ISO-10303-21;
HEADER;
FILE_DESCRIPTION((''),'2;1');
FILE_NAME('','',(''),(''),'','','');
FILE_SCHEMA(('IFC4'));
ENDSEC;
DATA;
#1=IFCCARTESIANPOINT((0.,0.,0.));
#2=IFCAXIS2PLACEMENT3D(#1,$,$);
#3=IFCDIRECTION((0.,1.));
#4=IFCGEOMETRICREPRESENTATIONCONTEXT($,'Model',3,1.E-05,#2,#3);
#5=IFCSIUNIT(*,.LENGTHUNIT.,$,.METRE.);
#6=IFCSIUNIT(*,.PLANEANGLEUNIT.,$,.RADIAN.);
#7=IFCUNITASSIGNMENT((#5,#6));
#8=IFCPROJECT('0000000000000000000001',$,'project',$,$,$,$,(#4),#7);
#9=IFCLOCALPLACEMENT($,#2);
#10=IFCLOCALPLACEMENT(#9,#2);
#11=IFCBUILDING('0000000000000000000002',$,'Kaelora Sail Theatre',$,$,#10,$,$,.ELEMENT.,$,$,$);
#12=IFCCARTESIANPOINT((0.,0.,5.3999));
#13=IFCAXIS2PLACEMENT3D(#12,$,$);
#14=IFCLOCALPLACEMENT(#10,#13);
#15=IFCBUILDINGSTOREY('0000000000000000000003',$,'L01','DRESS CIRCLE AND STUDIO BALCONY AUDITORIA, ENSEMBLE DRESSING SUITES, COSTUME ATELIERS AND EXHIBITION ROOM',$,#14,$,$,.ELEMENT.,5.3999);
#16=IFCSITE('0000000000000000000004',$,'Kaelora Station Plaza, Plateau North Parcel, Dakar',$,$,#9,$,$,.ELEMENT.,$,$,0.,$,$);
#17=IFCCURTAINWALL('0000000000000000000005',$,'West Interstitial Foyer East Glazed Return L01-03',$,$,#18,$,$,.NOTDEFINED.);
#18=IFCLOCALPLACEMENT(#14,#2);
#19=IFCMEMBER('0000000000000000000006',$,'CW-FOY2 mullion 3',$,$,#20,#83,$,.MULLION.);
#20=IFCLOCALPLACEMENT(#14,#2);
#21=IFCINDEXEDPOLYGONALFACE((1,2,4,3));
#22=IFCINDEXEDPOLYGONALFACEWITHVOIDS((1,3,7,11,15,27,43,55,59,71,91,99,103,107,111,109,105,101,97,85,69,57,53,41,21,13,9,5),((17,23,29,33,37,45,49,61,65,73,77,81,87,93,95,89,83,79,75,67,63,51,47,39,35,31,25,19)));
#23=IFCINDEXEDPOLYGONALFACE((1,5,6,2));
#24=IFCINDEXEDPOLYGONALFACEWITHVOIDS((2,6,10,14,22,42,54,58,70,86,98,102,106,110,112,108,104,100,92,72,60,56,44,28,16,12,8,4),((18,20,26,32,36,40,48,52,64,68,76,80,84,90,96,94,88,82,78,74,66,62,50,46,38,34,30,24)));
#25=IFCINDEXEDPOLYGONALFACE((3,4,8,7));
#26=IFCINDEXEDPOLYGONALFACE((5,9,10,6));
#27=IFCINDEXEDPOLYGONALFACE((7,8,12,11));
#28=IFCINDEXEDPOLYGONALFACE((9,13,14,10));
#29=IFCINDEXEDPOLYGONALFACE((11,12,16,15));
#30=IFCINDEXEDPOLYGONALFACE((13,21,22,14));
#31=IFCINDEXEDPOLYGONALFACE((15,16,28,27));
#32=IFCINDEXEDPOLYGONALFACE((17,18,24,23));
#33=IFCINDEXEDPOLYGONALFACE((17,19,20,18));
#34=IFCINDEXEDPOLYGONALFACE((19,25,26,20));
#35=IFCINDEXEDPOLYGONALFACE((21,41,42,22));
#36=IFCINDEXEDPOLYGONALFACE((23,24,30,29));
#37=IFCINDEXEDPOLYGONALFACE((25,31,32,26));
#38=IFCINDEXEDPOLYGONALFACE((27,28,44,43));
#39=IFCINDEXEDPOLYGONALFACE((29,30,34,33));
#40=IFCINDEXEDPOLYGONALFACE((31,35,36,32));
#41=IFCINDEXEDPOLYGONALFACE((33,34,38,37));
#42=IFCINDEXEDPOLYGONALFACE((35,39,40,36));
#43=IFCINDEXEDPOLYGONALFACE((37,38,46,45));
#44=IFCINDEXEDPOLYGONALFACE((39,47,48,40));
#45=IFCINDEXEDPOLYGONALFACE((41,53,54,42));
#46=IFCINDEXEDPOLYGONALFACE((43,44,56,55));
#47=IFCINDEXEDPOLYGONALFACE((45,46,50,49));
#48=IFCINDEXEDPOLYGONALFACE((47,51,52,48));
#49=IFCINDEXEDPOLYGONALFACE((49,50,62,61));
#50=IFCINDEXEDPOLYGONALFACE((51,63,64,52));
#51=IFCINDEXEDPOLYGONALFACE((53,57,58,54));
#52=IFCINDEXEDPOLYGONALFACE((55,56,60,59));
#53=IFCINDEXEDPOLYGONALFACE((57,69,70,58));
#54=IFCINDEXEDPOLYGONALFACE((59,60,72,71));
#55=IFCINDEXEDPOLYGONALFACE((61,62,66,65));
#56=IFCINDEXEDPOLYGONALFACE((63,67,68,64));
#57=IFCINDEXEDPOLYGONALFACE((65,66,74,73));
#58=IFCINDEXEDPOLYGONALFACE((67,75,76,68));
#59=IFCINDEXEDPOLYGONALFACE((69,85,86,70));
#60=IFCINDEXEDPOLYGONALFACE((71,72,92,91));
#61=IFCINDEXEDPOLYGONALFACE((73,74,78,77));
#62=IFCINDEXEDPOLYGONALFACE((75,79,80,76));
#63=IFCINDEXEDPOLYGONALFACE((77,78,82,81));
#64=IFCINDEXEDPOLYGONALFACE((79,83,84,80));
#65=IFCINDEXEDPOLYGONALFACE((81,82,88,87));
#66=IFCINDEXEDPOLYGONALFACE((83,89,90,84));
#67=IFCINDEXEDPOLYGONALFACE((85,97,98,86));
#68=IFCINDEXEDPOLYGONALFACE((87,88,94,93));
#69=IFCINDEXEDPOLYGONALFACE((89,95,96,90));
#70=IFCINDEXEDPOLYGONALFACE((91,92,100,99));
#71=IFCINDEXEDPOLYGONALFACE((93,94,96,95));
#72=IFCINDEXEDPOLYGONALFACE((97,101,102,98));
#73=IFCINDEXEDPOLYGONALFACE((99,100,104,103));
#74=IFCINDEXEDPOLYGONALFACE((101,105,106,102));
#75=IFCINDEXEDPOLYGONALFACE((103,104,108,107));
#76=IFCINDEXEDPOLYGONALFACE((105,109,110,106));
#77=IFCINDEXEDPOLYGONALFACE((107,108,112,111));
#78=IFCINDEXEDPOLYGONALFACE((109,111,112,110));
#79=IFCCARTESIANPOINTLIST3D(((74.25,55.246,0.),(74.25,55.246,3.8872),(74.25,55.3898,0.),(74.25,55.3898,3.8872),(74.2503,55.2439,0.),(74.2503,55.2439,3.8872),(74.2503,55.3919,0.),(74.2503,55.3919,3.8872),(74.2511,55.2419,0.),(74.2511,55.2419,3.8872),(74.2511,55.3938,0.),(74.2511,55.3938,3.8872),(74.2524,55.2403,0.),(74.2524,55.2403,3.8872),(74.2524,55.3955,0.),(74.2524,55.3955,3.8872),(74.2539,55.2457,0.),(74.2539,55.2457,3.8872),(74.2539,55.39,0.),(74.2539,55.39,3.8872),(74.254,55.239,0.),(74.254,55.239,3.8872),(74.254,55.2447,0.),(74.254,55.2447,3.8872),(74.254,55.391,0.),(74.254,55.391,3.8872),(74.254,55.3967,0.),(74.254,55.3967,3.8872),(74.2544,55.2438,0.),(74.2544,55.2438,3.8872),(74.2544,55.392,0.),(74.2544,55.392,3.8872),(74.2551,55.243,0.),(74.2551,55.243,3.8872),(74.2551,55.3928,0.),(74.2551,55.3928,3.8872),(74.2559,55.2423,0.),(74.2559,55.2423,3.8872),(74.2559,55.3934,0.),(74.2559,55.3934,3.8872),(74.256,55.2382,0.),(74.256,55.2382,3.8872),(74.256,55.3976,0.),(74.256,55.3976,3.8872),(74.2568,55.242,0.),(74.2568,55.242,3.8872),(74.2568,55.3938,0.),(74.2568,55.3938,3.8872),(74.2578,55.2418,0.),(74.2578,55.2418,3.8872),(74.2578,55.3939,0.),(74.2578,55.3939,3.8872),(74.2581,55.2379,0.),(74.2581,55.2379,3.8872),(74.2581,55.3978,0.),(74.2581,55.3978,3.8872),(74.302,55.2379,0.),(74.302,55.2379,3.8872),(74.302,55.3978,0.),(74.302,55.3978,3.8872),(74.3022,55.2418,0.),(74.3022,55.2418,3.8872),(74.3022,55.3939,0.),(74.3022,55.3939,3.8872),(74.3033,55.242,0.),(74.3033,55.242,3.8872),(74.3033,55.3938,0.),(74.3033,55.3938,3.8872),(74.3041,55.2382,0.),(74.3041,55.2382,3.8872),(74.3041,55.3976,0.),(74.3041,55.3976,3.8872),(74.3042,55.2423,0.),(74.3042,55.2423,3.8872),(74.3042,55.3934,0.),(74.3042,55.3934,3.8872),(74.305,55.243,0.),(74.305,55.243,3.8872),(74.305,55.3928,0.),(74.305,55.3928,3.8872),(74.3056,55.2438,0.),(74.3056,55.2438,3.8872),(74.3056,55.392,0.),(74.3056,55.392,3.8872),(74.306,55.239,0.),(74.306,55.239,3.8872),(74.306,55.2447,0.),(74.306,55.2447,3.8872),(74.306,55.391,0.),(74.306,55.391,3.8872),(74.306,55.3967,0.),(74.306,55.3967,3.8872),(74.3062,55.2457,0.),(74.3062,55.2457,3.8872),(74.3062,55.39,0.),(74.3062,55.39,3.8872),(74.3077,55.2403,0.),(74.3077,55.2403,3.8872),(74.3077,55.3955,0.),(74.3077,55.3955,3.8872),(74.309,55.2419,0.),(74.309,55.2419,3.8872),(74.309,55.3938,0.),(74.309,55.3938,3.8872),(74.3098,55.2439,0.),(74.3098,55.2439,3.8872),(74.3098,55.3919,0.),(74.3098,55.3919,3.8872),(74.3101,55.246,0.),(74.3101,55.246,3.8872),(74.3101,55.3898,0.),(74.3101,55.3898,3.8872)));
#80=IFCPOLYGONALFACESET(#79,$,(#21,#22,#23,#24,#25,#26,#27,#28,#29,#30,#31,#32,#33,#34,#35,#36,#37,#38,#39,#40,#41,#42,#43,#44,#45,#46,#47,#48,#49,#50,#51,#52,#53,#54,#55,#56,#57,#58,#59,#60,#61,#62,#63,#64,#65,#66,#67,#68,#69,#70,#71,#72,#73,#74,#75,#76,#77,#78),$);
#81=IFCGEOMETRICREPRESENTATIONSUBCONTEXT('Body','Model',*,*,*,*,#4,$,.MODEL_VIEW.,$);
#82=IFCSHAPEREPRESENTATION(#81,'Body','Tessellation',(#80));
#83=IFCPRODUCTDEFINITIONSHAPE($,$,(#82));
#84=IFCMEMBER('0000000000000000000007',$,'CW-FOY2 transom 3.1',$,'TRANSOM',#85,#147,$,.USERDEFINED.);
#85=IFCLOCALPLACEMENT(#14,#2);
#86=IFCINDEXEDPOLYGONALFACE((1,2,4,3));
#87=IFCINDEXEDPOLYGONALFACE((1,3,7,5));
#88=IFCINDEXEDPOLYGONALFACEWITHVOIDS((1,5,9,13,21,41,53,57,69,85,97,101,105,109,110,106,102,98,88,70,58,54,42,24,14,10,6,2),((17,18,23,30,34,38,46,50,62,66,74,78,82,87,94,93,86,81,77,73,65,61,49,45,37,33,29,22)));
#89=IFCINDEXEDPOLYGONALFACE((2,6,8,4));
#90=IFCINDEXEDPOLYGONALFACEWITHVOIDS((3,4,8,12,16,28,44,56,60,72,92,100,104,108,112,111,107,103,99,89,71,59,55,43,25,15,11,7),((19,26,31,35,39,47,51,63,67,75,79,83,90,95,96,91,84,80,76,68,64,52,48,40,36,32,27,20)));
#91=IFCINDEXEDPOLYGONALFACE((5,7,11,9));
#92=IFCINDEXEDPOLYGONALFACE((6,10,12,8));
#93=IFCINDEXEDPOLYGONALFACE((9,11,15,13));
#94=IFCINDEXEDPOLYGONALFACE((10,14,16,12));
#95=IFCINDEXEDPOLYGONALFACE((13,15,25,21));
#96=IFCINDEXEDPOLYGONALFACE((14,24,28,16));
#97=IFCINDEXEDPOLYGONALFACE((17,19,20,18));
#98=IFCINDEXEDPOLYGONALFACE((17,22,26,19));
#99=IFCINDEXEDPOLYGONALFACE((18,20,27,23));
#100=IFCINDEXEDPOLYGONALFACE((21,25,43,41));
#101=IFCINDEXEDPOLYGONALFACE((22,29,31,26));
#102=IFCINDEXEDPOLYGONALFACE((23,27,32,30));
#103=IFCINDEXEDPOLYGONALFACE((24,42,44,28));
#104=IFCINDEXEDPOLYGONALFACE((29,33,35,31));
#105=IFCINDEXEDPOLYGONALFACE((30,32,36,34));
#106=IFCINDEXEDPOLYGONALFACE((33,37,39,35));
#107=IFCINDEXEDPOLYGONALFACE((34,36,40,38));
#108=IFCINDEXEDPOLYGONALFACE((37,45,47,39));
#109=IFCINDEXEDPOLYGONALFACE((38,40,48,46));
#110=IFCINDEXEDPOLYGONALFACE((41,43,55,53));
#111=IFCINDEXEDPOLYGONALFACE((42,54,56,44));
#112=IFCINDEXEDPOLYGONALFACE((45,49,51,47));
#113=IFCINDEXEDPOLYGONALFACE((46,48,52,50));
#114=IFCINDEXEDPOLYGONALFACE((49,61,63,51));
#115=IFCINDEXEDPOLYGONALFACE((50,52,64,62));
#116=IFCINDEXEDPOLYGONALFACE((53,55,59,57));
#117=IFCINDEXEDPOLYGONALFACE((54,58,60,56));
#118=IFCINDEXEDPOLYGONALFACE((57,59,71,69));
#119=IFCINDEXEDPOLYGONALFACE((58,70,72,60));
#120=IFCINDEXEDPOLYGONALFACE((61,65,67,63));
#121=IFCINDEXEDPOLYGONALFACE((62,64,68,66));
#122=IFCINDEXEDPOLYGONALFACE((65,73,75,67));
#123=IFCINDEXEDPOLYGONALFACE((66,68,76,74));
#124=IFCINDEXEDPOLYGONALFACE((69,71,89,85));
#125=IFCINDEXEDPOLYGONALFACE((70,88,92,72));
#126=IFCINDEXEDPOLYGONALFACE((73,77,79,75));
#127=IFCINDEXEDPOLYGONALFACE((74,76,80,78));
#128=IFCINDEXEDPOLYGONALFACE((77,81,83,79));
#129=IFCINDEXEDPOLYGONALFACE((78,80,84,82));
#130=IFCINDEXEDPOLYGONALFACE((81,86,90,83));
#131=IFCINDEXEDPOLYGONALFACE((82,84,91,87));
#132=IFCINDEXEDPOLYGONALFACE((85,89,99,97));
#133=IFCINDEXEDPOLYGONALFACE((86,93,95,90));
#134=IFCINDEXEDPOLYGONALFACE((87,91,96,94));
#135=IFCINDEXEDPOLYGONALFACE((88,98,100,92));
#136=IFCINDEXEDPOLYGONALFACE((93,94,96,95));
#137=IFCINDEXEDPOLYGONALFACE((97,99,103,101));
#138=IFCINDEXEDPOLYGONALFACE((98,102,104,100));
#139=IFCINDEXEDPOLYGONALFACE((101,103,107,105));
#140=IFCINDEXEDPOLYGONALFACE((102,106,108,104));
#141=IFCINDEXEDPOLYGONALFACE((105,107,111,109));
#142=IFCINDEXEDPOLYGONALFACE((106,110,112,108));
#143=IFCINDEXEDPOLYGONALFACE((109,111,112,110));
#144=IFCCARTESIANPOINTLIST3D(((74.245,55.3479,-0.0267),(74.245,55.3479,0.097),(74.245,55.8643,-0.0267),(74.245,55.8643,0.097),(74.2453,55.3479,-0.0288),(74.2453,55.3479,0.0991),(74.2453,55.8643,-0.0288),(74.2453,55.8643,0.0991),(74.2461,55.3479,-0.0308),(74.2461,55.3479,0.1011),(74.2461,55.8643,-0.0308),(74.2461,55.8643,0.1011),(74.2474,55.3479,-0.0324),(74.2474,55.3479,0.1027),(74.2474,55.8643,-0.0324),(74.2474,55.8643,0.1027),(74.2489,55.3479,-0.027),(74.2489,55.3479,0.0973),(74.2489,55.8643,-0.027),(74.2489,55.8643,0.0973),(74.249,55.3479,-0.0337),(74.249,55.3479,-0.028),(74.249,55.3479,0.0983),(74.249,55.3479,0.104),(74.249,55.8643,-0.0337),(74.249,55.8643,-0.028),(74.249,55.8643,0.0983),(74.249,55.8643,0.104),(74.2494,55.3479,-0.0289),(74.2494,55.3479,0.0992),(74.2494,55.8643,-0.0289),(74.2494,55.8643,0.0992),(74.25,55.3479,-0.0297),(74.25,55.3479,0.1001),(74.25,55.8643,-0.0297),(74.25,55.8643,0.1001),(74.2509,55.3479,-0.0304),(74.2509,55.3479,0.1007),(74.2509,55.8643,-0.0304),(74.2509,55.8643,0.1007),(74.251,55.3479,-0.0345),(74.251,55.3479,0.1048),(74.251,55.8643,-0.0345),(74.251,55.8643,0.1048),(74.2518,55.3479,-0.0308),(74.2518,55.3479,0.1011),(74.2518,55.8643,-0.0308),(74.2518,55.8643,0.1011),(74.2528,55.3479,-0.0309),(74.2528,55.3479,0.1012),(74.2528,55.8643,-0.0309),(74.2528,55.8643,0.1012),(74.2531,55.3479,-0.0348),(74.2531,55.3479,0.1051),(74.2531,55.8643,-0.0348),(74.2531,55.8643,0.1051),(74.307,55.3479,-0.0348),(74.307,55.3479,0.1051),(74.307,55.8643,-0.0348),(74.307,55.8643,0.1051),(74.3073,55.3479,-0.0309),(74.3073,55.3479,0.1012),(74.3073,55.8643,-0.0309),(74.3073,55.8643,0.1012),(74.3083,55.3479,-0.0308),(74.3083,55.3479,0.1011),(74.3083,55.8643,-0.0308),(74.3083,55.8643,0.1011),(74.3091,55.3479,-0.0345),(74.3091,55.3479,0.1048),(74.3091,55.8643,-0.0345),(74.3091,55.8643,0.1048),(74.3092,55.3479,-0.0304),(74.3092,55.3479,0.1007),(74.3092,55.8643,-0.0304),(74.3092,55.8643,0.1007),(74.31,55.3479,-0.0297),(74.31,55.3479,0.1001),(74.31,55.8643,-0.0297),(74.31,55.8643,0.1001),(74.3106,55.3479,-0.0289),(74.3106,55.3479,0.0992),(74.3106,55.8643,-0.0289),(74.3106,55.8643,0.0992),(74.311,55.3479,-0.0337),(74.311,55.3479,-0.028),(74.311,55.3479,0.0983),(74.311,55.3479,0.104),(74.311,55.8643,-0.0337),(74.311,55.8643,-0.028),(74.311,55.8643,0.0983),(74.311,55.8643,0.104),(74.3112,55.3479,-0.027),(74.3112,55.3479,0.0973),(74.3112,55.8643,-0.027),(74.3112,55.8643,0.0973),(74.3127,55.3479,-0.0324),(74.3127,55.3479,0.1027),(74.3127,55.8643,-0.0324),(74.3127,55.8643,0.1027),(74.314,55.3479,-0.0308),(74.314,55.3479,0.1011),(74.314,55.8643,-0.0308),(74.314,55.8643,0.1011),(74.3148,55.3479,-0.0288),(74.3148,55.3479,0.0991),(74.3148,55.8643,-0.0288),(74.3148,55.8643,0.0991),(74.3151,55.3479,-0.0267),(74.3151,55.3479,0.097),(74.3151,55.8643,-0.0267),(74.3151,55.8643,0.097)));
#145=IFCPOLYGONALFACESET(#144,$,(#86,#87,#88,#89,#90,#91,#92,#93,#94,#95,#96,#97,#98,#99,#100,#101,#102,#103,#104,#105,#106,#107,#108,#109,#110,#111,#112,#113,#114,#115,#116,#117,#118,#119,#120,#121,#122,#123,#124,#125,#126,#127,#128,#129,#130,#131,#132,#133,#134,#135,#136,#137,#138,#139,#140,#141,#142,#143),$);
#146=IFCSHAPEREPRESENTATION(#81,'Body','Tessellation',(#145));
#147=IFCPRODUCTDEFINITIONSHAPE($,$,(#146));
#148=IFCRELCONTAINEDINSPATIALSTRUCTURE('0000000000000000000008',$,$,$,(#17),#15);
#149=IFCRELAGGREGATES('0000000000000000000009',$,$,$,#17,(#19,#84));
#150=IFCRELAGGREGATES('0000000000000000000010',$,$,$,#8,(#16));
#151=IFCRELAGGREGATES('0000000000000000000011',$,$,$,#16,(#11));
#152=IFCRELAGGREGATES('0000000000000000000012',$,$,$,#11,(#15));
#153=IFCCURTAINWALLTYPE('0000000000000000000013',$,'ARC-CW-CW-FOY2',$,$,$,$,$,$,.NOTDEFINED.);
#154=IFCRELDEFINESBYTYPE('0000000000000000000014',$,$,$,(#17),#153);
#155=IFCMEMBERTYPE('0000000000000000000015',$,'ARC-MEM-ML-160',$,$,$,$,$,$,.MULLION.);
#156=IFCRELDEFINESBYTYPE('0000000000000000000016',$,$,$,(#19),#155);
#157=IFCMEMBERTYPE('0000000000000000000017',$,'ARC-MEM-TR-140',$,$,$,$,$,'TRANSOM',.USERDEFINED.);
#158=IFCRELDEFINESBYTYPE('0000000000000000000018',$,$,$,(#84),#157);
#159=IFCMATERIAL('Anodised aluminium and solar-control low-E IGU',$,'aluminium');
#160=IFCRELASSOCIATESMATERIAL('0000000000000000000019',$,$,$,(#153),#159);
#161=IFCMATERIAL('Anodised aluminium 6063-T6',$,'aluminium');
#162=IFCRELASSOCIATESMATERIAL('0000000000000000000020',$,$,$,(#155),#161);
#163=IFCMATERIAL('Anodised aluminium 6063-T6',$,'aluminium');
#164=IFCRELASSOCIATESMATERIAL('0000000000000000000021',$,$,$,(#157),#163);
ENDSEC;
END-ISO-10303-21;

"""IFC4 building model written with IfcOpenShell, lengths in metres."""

from ifc_helpers import new_model, si_unit, direction, frame, origin, origin_2d, place, context, subcontext, project, spatial, hollow_rectangle, extrude, material, material_profile, profile_set, type_object, element, aggregate, save


model = new_model("IFC4")

# Units and contexts
model_context = context("Model", 3, precision=1e-05, world=origin(), true_north=direction((0.0, 1.0)))
body_context = subcontext(model_context, "Body", "Model", "MODEL_VIEW")
ifc_project = project(units=[si_unit("LENGTHUNIT", "METRE"), si_unit("PLANEANGLEUNIT", "RADIAN")], contexts=[model_context])

# Site, building, storey
site_placement = place(None, origin())
site = spatial("IfcSite", under=ifc_project, at=site_placement, Name="Kaelora Station Plaza, Plateau North Parcel, Dakar", CompositionType="ELEMENT", RefElevation=0.0)
building_placement = place(site_placement, origin())
building = spatial("IfcBuilding", under=site, at=building_placement, Name="Kaelora Sail Theatre", CompositionType="ELEMENT")
storey_placement = place(building_placement, frame((0.0, 0.0, 5.3999)))
storey = spatial("IfcBuildingStorey", under=building, at=storey_placement, Name="L01", Description="DRESS CIRCLE AND STUDIO BALCONY AUDITORIA, ENSEMBLE DRESSING SUITES, COSTUME ATELIERS AND EXHIBITION ROOM", CompositionType="ELEMENT", Elevation=5.3999)

# Curtain wall, members
ifc_material_1 = material(Name="Anodised aluminium and solar-control low-E IGU", Category="aluminium")
curtain_wall_type = type_object("IfcCurtainWallType", Name="ARC-CW-CW-FOY2", PredefinedType="NOTDEFINED", material=ifc_material_1)
curtain_wall_placement = place(storey_placement, origin())
curtain_wall = element("IfcCurtainWall", 1, at=curtain_wall_placement, inside=storey, type_object=curtain_wall_type, Name="West Interstitial Foyer East Glazed Return L01-03", PredefinedType="NOTDEFINED")
ifc_material_2 = material(Name="Anodised aluminium 6063-T6", Category="aluminium")
ifc_material_profile_1 = material_profile(ifc_material_2, hollow_rectangle(XDim=0.0601, YDim=0.1599, WallThickness=0.0039, InnerFilletRadius=0.0039, OuterFilletRadius=0.0081, at=origin_2d()), Name="ALU-MULL 60x160x4")
ifc_profile_set_1 = profile_set([ifc_material_profile_1], Name="Anodised aluminium 6063-T6")
member_type_1 = type_object("IfcMemberType", Name="ARC-MEM-ML-160", PredefinedType="MULLION", material=ifc_profile_set_1)
member_1_placement = place(storey_placement, frame((74.28, 55.3179, 0.0), z_axis=(0.0, 0.0, 1.0), x_axis=(-1.0, 0.0, 0.0)))
member_1 = element("IfcMember", 2, at=member_1_placement, type_object=member_type_1, Name="CW-FOY2 mullion 3", PredefinedType="MULLION", context=body_context, shape_type="SweptSolid", body=[
    extrude(hollow_rectangle(XDim=0.0601, YDim=0.1599, WallThickness=0.0039, InnerFilletRadius=0.0039, OuterFilletRadius=0.0081, at=origin_2d()), origin(), (0.0, 0.0, 1.0), 3.8872),
])
ifc_material_3 = material(Name="Anodised aluminium 6063-T6", Category="aluminium")
ifc_material_profile_2 = material_profile(ifc_material_3, hollow_rectangle(XDim=0.0701, YDim=0.1399, WallThickness=0.0039, InnerFilletRadius=0.0039, OuterFilletRadius=0.0081, at=origin_2d()), Name="ALU-TRAN 70x140x4")
ifc_profile_set_2 = profile_set([ifc_material_profile_2], Name="Anodised aluminium 6063-T6")
member_type_2 = type_object("IfcMemberType", Name="ARC-MEM-TR-140", ElementType="TRANSOM", PredefinedType="USERDEFINED", material=ifc_profile_set_2)
member_2_placement = place(storey_placement, frame((74.28, 55.3479, 0.0352), z_axis=(0.0, 1.0, 0.0), x_axis=(-1.0, 0.0, 0.0)))
member_2 = element("IfcMember", 3, at=member_2_placement, type_object=member_type_2, Name="CW-FOY2 transom 3.1", ObjectType="TRANSOM", PredefinedType="USERDEFINED", context=body_context, shape_type="SweptSolid", body=[
    extrude(hollow_rectangle(XDim=0.0701, YDim=0.1399, WallThickness=0.0039, InnerFilletRadius=0.0039, OuterFilletRadius=0.0081, at=origin_2d()), origin(), (0.0, 0.0, 1.0), 0.5164),
])
aggregate(curtain_wall, [member_1, member_2])

save(model, "model.ifc")
